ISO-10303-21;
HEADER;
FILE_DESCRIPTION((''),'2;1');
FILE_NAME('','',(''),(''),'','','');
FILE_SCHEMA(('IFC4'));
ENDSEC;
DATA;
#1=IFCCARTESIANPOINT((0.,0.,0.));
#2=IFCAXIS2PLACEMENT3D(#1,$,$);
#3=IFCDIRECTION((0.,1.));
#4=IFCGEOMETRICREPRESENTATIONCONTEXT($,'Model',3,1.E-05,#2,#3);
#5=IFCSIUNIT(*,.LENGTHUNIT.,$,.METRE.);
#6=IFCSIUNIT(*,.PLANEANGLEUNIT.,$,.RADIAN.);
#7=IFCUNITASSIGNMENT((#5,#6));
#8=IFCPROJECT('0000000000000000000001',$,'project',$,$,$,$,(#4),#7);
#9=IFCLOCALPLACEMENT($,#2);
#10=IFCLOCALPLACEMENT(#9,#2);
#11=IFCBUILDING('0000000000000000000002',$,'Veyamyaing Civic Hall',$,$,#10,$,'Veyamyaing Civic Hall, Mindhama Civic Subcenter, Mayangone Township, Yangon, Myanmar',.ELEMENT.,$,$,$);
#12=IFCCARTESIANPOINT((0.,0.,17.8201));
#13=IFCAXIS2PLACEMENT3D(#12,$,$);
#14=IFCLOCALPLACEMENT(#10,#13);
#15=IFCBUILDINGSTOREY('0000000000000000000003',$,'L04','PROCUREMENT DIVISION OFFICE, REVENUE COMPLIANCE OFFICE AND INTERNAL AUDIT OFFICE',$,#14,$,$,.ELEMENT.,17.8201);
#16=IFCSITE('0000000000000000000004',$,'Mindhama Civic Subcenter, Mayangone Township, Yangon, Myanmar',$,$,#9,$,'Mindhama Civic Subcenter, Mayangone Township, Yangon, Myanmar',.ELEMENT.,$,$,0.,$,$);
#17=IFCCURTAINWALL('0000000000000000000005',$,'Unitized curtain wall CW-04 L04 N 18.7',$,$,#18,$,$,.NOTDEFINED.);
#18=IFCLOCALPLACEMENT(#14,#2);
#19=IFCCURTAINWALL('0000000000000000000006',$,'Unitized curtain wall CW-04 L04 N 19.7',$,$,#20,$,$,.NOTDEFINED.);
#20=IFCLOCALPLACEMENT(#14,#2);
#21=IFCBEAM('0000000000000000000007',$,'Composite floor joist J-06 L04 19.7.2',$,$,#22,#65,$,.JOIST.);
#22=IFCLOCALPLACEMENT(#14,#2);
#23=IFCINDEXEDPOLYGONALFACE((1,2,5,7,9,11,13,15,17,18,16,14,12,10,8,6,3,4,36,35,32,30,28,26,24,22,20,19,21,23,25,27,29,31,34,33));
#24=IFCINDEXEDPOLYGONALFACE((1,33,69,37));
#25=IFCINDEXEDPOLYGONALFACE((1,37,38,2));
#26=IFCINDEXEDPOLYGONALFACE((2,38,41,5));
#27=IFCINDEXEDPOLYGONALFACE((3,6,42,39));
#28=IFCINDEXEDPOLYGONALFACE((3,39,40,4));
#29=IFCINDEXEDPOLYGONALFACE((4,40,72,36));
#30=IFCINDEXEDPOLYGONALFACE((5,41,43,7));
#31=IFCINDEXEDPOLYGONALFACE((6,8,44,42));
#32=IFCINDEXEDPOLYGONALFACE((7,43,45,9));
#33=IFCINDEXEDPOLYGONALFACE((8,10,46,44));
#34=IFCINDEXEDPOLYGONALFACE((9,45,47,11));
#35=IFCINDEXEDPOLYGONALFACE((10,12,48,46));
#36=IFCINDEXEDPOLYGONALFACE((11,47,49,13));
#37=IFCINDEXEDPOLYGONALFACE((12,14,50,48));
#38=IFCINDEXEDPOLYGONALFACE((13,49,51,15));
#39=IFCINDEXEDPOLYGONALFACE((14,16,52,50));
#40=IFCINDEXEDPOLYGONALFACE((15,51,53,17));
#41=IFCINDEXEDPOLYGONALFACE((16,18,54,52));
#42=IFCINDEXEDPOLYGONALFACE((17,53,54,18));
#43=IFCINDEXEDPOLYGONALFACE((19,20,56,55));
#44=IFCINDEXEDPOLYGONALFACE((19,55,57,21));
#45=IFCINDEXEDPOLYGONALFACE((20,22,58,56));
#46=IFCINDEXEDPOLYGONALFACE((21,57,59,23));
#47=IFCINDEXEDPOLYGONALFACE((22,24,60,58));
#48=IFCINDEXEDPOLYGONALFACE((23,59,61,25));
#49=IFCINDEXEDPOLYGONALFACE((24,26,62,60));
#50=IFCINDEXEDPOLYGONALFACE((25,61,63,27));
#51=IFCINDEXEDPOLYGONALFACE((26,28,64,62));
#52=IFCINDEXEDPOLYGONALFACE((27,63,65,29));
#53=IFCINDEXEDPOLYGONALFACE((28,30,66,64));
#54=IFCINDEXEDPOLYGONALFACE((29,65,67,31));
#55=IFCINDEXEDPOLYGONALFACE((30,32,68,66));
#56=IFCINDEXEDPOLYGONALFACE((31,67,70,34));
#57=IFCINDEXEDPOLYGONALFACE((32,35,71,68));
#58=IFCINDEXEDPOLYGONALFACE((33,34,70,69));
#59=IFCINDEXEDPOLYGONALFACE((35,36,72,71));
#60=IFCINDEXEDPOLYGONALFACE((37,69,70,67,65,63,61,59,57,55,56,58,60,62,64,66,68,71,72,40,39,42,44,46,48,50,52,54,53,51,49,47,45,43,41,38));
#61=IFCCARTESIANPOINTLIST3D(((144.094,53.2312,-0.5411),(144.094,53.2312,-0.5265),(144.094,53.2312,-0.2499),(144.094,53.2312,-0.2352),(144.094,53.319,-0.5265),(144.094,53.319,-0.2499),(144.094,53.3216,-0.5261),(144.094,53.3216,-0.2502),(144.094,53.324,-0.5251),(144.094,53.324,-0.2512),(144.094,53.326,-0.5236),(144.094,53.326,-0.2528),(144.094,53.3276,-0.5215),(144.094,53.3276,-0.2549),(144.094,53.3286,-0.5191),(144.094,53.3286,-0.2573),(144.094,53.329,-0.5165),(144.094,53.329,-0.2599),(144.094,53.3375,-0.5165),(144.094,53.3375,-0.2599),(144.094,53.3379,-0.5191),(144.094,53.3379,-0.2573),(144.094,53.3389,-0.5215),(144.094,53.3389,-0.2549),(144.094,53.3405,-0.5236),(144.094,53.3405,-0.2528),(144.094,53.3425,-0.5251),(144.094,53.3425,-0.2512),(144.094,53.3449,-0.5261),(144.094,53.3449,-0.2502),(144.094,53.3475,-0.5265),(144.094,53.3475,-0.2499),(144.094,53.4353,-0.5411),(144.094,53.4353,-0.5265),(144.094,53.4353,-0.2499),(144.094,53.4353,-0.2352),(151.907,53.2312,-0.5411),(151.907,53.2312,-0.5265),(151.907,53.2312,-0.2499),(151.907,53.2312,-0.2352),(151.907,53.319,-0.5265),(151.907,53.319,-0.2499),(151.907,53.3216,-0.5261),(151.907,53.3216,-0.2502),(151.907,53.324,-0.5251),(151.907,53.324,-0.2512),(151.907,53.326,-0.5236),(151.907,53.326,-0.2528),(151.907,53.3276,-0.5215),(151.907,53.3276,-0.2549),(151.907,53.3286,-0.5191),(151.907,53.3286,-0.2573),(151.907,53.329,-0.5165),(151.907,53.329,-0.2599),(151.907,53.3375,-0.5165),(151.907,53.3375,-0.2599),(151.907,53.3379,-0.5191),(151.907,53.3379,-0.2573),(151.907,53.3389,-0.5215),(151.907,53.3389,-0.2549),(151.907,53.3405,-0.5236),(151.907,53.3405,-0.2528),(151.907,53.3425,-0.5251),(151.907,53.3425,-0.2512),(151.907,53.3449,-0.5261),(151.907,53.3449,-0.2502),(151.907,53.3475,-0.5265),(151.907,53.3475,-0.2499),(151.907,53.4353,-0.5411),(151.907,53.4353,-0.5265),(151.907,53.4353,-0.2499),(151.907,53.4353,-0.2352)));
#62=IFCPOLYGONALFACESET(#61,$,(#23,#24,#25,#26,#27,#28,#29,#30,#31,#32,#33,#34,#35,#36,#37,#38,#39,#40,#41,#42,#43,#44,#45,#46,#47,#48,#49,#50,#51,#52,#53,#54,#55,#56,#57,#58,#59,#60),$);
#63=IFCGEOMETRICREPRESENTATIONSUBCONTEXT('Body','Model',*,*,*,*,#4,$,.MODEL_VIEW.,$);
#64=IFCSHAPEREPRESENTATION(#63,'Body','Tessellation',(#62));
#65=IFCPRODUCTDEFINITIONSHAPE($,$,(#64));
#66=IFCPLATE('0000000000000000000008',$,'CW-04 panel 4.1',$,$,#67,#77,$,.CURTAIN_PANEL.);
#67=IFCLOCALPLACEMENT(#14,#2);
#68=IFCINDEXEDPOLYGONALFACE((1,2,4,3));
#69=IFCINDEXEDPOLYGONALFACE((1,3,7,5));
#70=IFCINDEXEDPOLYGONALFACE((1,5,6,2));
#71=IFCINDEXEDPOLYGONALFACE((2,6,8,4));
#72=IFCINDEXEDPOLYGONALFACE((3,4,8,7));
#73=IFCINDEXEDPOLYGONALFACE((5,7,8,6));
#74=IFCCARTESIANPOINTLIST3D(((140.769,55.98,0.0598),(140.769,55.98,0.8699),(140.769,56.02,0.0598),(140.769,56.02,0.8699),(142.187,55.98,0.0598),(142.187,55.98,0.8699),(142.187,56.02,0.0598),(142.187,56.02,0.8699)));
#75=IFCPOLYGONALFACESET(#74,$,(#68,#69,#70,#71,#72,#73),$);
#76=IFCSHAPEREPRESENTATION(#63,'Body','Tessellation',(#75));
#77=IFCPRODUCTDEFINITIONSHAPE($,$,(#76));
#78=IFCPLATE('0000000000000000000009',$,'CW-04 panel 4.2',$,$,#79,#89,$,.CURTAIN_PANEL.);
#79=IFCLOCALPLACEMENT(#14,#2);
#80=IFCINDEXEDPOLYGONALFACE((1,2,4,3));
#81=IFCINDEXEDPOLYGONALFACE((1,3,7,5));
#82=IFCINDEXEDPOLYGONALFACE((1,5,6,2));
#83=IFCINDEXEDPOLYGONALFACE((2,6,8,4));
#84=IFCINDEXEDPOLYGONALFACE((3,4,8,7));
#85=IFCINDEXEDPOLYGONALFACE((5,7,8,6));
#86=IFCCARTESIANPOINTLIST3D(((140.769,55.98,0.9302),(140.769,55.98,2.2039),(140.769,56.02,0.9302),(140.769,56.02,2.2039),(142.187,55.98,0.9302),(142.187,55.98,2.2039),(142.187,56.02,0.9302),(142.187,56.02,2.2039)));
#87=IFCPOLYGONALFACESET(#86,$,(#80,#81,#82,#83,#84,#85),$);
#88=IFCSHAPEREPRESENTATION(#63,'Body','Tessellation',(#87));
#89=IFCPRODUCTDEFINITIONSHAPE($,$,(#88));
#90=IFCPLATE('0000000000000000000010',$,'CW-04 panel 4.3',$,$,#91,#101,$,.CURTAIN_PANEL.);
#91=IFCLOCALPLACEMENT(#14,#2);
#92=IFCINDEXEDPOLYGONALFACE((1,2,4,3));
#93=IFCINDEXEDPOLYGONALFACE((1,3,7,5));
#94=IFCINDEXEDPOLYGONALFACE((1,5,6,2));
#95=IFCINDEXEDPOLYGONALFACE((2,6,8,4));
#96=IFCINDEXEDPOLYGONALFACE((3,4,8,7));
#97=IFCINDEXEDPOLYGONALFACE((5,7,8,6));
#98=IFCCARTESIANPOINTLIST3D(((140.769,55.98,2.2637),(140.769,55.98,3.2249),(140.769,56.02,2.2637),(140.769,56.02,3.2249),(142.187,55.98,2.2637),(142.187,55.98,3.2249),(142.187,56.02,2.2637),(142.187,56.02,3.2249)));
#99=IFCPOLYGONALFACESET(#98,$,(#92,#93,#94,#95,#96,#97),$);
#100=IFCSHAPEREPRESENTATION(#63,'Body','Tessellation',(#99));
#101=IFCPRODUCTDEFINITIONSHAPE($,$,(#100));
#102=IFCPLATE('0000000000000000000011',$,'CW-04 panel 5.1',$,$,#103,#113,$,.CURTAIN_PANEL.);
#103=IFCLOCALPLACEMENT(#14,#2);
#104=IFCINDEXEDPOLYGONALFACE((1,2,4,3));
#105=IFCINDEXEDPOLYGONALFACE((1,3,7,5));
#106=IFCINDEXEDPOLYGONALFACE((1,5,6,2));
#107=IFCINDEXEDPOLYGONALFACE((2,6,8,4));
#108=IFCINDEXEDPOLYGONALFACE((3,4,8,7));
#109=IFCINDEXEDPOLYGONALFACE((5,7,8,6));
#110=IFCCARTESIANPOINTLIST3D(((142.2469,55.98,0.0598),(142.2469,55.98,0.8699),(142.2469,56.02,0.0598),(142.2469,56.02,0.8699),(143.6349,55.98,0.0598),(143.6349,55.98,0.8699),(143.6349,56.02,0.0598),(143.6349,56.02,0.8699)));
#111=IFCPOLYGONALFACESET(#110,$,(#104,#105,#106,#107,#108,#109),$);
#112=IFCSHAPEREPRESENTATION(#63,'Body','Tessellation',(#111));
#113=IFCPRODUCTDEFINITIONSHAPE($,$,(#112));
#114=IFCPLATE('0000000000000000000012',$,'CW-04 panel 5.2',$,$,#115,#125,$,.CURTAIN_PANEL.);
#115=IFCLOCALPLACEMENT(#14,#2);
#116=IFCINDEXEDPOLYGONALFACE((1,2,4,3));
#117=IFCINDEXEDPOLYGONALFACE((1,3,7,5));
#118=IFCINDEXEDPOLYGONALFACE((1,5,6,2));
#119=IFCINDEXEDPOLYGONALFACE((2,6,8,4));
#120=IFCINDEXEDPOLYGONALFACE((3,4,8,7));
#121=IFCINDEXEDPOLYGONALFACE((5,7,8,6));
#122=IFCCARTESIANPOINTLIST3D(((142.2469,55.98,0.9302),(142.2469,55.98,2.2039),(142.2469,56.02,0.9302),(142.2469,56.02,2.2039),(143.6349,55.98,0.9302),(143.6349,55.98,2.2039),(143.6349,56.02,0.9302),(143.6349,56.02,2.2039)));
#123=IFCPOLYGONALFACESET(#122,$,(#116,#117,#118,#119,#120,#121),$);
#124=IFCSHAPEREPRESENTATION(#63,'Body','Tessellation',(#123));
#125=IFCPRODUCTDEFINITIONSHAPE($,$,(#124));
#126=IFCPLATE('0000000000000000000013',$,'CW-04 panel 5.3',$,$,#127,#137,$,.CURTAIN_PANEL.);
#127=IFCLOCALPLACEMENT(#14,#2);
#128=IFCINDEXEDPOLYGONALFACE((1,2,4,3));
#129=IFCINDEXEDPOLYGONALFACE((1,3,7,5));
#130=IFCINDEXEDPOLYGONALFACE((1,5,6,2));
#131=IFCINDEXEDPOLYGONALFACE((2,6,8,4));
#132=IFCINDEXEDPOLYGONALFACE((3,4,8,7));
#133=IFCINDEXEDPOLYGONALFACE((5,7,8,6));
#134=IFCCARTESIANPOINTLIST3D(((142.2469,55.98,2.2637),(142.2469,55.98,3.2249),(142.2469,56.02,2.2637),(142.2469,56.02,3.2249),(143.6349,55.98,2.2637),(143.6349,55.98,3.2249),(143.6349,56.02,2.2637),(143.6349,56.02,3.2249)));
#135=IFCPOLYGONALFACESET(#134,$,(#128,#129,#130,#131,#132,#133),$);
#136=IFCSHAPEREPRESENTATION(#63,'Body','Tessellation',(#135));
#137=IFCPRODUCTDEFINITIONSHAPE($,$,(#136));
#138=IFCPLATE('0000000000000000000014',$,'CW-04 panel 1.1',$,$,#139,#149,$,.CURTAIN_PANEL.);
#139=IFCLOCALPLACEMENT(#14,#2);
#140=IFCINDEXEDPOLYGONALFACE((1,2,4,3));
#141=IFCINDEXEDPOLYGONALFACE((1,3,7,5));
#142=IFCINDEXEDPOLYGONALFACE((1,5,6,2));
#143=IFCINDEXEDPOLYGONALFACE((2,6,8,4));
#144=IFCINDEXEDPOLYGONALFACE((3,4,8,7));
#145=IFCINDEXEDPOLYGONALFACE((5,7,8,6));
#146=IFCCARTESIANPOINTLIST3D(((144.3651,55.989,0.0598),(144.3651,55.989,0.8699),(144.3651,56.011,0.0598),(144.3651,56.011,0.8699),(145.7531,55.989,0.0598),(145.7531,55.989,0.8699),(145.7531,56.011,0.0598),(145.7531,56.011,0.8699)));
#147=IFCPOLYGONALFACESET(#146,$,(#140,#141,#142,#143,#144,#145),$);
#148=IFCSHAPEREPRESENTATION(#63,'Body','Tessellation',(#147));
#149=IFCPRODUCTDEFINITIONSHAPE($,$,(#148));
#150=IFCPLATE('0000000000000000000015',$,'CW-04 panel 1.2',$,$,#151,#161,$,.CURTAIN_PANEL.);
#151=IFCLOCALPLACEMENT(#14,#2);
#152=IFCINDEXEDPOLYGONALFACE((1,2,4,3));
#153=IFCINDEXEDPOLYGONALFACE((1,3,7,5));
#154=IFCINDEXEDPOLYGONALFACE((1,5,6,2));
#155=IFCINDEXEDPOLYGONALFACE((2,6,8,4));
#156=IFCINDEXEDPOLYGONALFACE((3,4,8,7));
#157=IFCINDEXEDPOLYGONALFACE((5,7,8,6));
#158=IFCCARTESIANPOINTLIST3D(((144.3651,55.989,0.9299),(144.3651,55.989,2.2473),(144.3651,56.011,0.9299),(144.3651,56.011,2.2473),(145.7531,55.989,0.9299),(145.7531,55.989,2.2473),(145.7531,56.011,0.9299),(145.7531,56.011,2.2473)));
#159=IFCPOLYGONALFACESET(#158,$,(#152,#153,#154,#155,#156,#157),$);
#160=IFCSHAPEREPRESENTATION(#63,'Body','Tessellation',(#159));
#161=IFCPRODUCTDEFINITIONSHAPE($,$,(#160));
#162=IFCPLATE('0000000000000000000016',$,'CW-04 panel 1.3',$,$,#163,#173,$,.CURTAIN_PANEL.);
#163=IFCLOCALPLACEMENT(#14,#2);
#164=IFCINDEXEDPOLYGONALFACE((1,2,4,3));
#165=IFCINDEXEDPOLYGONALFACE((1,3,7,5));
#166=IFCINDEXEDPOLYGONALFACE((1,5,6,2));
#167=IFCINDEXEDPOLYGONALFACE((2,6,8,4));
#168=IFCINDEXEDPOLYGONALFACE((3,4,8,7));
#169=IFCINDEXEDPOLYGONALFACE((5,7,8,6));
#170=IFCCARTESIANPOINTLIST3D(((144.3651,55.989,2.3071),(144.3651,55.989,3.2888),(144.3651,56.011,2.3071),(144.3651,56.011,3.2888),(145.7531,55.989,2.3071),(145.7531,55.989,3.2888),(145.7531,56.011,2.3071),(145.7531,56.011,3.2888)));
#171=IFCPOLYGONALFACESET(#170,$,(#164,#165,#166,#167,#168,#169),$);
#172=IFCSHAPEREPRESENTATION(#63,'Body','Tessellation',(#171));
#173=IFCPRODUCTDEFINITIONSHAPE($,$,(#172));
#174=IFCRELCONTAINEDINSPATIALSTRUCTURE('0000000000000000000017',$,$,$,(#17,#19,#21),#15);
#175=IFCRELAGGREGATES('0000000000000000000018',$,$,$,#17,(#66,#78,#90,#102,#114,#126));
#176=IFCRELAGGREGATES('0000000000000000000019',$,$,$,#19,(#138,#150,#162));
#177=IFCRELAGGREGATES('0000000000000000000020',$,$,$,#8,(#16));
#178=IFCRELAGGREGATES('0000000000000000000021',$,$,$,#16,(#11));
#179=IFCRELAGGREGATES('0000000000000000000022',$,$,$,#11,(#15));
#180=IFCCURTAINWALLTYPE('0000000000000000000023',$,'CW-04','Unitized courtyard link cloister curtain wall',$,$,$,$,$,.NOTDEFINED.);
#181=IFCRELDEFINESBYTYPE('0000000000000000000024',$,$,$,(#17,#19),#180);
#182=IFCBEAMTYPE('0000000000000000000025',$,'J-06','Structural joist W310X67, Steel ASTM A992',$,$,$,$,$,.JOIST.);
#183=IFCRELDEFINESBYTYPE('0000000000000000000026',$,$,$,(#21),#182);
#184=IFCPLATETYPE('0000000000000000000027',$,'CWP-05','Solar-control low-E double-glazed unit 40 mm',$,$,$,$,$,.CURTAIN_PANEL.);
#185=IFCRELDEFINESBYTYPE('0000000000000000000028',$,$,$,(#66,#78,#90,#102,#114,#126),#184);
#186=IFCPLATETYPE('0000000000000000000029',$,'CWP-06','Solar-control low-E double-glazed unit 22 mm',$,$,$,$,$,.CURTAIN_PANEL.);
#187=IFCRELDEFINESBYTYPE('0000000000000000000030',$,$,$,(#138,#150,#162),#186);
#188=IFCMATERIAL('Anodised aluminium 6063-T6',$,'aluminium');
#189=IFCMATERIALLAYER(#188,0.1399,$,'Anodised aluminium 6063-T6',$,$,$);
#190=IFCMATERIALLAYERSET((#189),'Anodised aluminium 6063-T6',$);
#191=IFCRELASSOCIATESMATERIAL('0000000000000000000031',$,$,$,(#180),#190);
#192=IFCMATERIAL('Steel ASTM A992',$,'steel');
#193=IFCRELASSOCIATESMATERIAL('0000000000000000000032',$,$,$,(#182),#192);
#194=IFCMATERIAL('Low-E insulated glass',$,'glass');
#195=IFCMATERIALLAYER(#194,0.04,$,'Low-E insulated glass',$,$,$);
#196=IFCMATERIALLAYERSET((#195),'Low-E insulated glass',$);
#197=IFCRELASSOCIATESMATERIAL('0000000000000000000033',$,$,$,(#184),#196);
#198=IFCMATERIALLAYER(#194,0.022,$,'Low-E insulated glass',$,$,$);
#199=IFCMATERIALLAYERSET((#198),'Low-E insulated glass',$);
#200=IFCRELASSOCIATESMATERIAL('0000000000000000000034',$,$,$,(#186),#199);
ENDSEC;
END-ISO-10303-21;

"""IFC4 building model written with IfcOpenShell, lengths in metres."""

from ifc_helpers import new_model, si_unit, direction, frame, origin, origin_2d, place, context, subcontext, project, spatial, rectangle, i_section, extrude, material, layer, layer_set, material_profile, profile_set, type_object, element, aggregate, save


model = new_model("IFC4")

# Units and contexts
model_context = context("Model", 3, precision=1e-05, world=origin(), true_north=direction((0.0, 1.0)))
body_context = subcontext(model_context, "Body", "Model", "MODEL_VIEW")
ifc_project = project(units=[si_unit("LENGTHUNIT", "METRE"), si_unit("PLANEANGLEUNIT", "RADIAN")], contexts=[model_context])

# Site, building, storey
site_placement = place(None, origin())
site = spatial("IfcSite", under=ifc_project, at=site_placement, Name="Mindhama Civic Subcenter, Mayangone Township, Yangon, Myanmar", LongName="Mindhama Civic Subcenter, Mayangone Township, Yangon, Myanmar", CompositionType="ELEMENT", RefElevation=0.0)
building_placement = place(site_placement, origin())
building = spatial("IfcBuilding", under=site, at=building_placement, Name="Veyamyaing Civic Hall", LongName="Veyamyaing Civic Hall, Mindhama Civic Subcenter, Mayangone Township, Yangon, Myanmar", CompositionType="ELEMENT")
storey_placement = place(building_placement, frame((0.0, 0.0, 17.8201)))
storey = spatial("IfcBuildingStorey", under=building, at=storey_placement, Name="L04", Description="PROCUREMENT DIVISION OFFICE, REVENUE COMPLIANCE OFFICE AND INTERNAL AUDIT OFFICE", CompositionType="ELEMENT", Elevation=17.8201)

# Shared definitions
ifc_material_1 = material(Name="Steel ASTM A992", Category="steel")

# Curtain wall
ifc_material_2 = material(Name="Anodised aluminium 6063-T6", Category="aluminium")
ifc_layer_1 = layer(ifc_material_2, 0.1399, Name="Anodised aluminium 6063-T6")
ifc_layer_set_1 = layer_set([ifc_layer_1], Name="Anodised aluminium 6063-T6")
curtain_wall_type = type_object("IfcCurtainWallType", Name="CW-04", Description="Unitized courtyard link cloister curtain wall", PredefinedType="NOTDEFINED", material=ifc_layer_set_1)
curtain_wall_1_placement = place(storey_placement, origin())
curtain_wall_1 = element("IfcCurtainWall", 1, at=curtain_wall_1_placement, inside=storey, type_object=curtain_wall_type, Name="Unitized curtain wall CW-04 L04 N 18.7", PredefinedType="NOTDEFINED")

# Curtain wall
curtain_wall_2_placement = place(storey_placement, origin())
curtain_wall_2 = element("IfcCurtainWall", 2, at=curtain_wall_2_placement, inside=storey, type_object=curtain_wall_type, Name="Unitized curtain wall CW-04 L04 N 19.7", PredefinedType="NOTDEFINED")

# Beam
ifc_material_profile_1 = material_profile(ifc_material_1, i_section(OverallWidth=0.2041, OverallDepth=0.3059, WebThickness=0.0085, FlangeThickness=0.0146, FilletRadius=0.01, at=origin_2d()), Name="W310X67")
ifc_profile_set_1 = profile_set([ifc_material_profile_1], Name="Steel ASTM A992")
beam_type_1 = type_object("IfcBeamType", Name="J-06", Description="Structural joist W310X67, Steel ASTM A992", PredefinedType="JOIST", material=ifc_profile_set_1)
for number, where, z_axis, x_axis, name in (
    (3, (144.094, 53.3333, -0.3882), (1.0, 0.0, 0.0), (0.0, 1.0, 0.0), "Composite floor joist J-06 L04 19.7.2"),
):
    element("IfcBeam", number, at=place(storey_placement, frame(where, z_axis=z_axis, x_axis=x_axis)), inside=storey, type_object=beam_type_1, Name=name, PredefinedType="JOIST", context=body_context, shape_type="SweptSolid", body=[
        extrude(i_section(OverallWidth=0.2041, OverallDepth=0.3059, WebThickness=0.0085, FlangeThickness=0.0146, FilletRadius=0.01, at=origin_2d()), origin(), (0.0, 0.0, 1.0), 7.813),
    ])

# Plates
ifc_material_3 = material(Name="Low-E insulated glass", Category="glass")
ifc_layer_2 = layer(ifc_material_3, 0.04, Name="Low-E insulated glass")
ifc_layer_set_2 = layer_set([ifc_layer_2], Name="Low-E insulated glass")
plate_type_1 = type_object("IfcPlateType", Name="CWP-05", Description="Solar-control low-E double-glazed unit 40 mm", PredefinedType="CURTAIN_PANEL", material=ifc_layer_set_2)
plate_1_placement = place(storey_placement, frame((141.478, 56.0, 0.0598), z_axis=(0.0, 0.0, 1.0), x_axis=(1.0, 0.0, 0.0)))
plate_1 = element("IfcPlate", 4, at=plate_1_placement, type_object=plate_type_1, Name="CW-04 panel 4.1", PredefinedType="CURTAIN_PANEL", context=body_context, shape_type="SweptSolid", body=[
    extrude(rectangle(XDim=1.418, YDim=0.04, at=origin_2d()), origin(), (0.0, 0.0, 1.0), 0.8101),
])
plate_2_placement = place(storey_placement, frame((141.478, 56.0, 0.9302), z_axis=(0.0, 0.0, 1.0), x_axis=(1.0, 0.0, 0.0)))
plate_2 = element("IfcPlate", 5, at=plate_2_placement, type_object=plate_type_1, Name="CW-04 panel 4.2", PredefinedType="CURTAIN_PANEL", context=body_context, shape_type="SweptSolid", body=[
    extrude(rectangle(XDim=1.418, YDim=0.04, at=origin_2d()), origin(), (0.0, 0.0, 1.0), 1.2737),
])
plate_3_placement = place(storey_placement, frame((141.478, 56.0, 2.2637), z_axis=(0.0, 0.0, 1.0), x_axis=(1.0, 0.0, 0.0)))
plate_3 = element("IfcPlate", 6, at=plate_3_placement, type_object=plate_type_1, Name="CW-04 panel 4.3", PredefinedType="CURTAIN_PANEL", context=body_context, shape_type="SweptSolid", body=[
    extrude(rectangle(XDim=1.418, YDim=0.04, at=origin_2d()), origin(), (0.0, 0.0, 1.0), 0.9612),
])
plate_4_placement = place(storey_placement, frame((142.9409, 56.0, 0.0598), z_axis=(0.0, 0.0, 1.0), x_axis=(1.0, 0.0, 0.0)))
plate_4 = element("IfcPlate", 7, at=plate_4_placement, type_object=plate_type_1, Name="CW-04 panel 5.1", PredefinedType="CURTAIN_PANEL", context=body_context, shape_type="SweptSolid", body=[
    extrude(rectangle(XDim=1.3879, YDim=0.04, at=origin_2d()), origin(), (0.0, 0.0, 1.0), 0.8101),
])
plate_5_placement = place(storey_placement, frame((142.9409, 56.0, 0.9302), z_axis=(0.0, 0.0, 1.0), x_axis=(1.0, 0.0, 0.0)))
plate_5 = element("IfcPlate", 8, at=plate_5_placement, type_object=plate_type_1, Name="CW-04 panel 5.2", PredefinedType="CURTAIN_PANEL", context=body_context, shape_type="SweptSolid", body=[
    extrude(rectangle(XDim=1.3879, YDim=0.04, at=origin_2d()), origin(), (0.0, 0.0, 1.0), 1.2737),
])
plate_6_placement = place(storey_placement, frame((142.9409, 56.0, 2.2637), z_axis=(0.0, 0.0, 1.0), x_axis=(1.0, 0.0, 0.0)))
plate_6 = element("IfcPlate", 9, at=plate_6_placement, type_object=plate_type_1, Name="CW-04 panel 5.3", PredefinedType="CURTAIN_PANEL", context=body_context, shape_type="SweptSolid", body=[
    extrude(rectangle(XDim=1.3879, YDim=0.04, at=origin_2d()), origin(), (0.0, 0.0, 1.0), 0.9612),
])
aggregate(curtain_wall_1, [plate_1, plate_2, plate_3, plate_4, plate_5, plate_6])
ifc_layer_3 = layer(ifc_material_3, 0.022, Name="Low-E insulated glass")
ifc_layer_set_3 = layer_set([ifc_layer_3], Name="Low-E insulated glass")
plate_type_2 = type_object("IfcPlateType", Name="CWP-06", Description="Solar-control low-E double-glazed unit 22 mm", PredefinedType="CURTAIN_PANEL", material=ifc_layer_set_3)
plate_7_placement = place(storey_placement, frame((145.0591, 56.0, 0.0598), z_axis=(0.0, 0.0, 1.0), x_axis=(1.0, 0.0, 0.0)))
plate_7 = element("IfcPlate", 10, at=plate_7_placement, type_object=plate_type_2, Name="CW-04 panel 1.1", PredefinedType="CURTAIN_PANEL", context=body_context, shape_type="SweptSolid", body=[
    extrude(rectangle(XDim=1.3879, YDim=0.022, at=origin_2d()), origin(), (0.0, 0.0, 1.0), 0.8101),
])
plate_8_placement = place(storey_placement, frame((145.0591, 56.0, 0.9299), z_axis=(0.0, 0.0, 1.0), x_axis=(1.0, 0.0, 0.0)))
plate_8 = element("IfcPlate", 11, at=plate_8_placement, type_object=plate_type_2, Name="CW-04 panel 1.2", PredefinedType="CURTAIN_PANEL", context=body_context, shape_type="SweptSolid", body=[
    extrude(rectangle(XDim=1.3879, YDim=0.022, at=origin_2d()), origin(), (0.0, 0.0, 1.0), 1.3174),
])
plate_9_placement = place(storey_placement, frame((145.0591, 56.0, 2.3071), z_axis=(0.0, 0.0, 1.0), x_axis=(1.0, 0.0, 0.0)))
plate_9 = element("IfcPlate", 12, at=plate_9_placement, type_object=plate_type_2, Name="CW-04 panel 1.3", PredefinedType="CURTAIN_PANEL", context=body_context, shape_type="SweptSolid", body=[
    extrude(rectangle(XDim=1.3879, YDim=0.022, at=origin_2d()), origin(), (0.0, 0.0, 1.0), 0.9817),
])
aggregate(curtain_wall_2, [plate_7, plate_8, plate_9])

save(model, "model.ifc")
